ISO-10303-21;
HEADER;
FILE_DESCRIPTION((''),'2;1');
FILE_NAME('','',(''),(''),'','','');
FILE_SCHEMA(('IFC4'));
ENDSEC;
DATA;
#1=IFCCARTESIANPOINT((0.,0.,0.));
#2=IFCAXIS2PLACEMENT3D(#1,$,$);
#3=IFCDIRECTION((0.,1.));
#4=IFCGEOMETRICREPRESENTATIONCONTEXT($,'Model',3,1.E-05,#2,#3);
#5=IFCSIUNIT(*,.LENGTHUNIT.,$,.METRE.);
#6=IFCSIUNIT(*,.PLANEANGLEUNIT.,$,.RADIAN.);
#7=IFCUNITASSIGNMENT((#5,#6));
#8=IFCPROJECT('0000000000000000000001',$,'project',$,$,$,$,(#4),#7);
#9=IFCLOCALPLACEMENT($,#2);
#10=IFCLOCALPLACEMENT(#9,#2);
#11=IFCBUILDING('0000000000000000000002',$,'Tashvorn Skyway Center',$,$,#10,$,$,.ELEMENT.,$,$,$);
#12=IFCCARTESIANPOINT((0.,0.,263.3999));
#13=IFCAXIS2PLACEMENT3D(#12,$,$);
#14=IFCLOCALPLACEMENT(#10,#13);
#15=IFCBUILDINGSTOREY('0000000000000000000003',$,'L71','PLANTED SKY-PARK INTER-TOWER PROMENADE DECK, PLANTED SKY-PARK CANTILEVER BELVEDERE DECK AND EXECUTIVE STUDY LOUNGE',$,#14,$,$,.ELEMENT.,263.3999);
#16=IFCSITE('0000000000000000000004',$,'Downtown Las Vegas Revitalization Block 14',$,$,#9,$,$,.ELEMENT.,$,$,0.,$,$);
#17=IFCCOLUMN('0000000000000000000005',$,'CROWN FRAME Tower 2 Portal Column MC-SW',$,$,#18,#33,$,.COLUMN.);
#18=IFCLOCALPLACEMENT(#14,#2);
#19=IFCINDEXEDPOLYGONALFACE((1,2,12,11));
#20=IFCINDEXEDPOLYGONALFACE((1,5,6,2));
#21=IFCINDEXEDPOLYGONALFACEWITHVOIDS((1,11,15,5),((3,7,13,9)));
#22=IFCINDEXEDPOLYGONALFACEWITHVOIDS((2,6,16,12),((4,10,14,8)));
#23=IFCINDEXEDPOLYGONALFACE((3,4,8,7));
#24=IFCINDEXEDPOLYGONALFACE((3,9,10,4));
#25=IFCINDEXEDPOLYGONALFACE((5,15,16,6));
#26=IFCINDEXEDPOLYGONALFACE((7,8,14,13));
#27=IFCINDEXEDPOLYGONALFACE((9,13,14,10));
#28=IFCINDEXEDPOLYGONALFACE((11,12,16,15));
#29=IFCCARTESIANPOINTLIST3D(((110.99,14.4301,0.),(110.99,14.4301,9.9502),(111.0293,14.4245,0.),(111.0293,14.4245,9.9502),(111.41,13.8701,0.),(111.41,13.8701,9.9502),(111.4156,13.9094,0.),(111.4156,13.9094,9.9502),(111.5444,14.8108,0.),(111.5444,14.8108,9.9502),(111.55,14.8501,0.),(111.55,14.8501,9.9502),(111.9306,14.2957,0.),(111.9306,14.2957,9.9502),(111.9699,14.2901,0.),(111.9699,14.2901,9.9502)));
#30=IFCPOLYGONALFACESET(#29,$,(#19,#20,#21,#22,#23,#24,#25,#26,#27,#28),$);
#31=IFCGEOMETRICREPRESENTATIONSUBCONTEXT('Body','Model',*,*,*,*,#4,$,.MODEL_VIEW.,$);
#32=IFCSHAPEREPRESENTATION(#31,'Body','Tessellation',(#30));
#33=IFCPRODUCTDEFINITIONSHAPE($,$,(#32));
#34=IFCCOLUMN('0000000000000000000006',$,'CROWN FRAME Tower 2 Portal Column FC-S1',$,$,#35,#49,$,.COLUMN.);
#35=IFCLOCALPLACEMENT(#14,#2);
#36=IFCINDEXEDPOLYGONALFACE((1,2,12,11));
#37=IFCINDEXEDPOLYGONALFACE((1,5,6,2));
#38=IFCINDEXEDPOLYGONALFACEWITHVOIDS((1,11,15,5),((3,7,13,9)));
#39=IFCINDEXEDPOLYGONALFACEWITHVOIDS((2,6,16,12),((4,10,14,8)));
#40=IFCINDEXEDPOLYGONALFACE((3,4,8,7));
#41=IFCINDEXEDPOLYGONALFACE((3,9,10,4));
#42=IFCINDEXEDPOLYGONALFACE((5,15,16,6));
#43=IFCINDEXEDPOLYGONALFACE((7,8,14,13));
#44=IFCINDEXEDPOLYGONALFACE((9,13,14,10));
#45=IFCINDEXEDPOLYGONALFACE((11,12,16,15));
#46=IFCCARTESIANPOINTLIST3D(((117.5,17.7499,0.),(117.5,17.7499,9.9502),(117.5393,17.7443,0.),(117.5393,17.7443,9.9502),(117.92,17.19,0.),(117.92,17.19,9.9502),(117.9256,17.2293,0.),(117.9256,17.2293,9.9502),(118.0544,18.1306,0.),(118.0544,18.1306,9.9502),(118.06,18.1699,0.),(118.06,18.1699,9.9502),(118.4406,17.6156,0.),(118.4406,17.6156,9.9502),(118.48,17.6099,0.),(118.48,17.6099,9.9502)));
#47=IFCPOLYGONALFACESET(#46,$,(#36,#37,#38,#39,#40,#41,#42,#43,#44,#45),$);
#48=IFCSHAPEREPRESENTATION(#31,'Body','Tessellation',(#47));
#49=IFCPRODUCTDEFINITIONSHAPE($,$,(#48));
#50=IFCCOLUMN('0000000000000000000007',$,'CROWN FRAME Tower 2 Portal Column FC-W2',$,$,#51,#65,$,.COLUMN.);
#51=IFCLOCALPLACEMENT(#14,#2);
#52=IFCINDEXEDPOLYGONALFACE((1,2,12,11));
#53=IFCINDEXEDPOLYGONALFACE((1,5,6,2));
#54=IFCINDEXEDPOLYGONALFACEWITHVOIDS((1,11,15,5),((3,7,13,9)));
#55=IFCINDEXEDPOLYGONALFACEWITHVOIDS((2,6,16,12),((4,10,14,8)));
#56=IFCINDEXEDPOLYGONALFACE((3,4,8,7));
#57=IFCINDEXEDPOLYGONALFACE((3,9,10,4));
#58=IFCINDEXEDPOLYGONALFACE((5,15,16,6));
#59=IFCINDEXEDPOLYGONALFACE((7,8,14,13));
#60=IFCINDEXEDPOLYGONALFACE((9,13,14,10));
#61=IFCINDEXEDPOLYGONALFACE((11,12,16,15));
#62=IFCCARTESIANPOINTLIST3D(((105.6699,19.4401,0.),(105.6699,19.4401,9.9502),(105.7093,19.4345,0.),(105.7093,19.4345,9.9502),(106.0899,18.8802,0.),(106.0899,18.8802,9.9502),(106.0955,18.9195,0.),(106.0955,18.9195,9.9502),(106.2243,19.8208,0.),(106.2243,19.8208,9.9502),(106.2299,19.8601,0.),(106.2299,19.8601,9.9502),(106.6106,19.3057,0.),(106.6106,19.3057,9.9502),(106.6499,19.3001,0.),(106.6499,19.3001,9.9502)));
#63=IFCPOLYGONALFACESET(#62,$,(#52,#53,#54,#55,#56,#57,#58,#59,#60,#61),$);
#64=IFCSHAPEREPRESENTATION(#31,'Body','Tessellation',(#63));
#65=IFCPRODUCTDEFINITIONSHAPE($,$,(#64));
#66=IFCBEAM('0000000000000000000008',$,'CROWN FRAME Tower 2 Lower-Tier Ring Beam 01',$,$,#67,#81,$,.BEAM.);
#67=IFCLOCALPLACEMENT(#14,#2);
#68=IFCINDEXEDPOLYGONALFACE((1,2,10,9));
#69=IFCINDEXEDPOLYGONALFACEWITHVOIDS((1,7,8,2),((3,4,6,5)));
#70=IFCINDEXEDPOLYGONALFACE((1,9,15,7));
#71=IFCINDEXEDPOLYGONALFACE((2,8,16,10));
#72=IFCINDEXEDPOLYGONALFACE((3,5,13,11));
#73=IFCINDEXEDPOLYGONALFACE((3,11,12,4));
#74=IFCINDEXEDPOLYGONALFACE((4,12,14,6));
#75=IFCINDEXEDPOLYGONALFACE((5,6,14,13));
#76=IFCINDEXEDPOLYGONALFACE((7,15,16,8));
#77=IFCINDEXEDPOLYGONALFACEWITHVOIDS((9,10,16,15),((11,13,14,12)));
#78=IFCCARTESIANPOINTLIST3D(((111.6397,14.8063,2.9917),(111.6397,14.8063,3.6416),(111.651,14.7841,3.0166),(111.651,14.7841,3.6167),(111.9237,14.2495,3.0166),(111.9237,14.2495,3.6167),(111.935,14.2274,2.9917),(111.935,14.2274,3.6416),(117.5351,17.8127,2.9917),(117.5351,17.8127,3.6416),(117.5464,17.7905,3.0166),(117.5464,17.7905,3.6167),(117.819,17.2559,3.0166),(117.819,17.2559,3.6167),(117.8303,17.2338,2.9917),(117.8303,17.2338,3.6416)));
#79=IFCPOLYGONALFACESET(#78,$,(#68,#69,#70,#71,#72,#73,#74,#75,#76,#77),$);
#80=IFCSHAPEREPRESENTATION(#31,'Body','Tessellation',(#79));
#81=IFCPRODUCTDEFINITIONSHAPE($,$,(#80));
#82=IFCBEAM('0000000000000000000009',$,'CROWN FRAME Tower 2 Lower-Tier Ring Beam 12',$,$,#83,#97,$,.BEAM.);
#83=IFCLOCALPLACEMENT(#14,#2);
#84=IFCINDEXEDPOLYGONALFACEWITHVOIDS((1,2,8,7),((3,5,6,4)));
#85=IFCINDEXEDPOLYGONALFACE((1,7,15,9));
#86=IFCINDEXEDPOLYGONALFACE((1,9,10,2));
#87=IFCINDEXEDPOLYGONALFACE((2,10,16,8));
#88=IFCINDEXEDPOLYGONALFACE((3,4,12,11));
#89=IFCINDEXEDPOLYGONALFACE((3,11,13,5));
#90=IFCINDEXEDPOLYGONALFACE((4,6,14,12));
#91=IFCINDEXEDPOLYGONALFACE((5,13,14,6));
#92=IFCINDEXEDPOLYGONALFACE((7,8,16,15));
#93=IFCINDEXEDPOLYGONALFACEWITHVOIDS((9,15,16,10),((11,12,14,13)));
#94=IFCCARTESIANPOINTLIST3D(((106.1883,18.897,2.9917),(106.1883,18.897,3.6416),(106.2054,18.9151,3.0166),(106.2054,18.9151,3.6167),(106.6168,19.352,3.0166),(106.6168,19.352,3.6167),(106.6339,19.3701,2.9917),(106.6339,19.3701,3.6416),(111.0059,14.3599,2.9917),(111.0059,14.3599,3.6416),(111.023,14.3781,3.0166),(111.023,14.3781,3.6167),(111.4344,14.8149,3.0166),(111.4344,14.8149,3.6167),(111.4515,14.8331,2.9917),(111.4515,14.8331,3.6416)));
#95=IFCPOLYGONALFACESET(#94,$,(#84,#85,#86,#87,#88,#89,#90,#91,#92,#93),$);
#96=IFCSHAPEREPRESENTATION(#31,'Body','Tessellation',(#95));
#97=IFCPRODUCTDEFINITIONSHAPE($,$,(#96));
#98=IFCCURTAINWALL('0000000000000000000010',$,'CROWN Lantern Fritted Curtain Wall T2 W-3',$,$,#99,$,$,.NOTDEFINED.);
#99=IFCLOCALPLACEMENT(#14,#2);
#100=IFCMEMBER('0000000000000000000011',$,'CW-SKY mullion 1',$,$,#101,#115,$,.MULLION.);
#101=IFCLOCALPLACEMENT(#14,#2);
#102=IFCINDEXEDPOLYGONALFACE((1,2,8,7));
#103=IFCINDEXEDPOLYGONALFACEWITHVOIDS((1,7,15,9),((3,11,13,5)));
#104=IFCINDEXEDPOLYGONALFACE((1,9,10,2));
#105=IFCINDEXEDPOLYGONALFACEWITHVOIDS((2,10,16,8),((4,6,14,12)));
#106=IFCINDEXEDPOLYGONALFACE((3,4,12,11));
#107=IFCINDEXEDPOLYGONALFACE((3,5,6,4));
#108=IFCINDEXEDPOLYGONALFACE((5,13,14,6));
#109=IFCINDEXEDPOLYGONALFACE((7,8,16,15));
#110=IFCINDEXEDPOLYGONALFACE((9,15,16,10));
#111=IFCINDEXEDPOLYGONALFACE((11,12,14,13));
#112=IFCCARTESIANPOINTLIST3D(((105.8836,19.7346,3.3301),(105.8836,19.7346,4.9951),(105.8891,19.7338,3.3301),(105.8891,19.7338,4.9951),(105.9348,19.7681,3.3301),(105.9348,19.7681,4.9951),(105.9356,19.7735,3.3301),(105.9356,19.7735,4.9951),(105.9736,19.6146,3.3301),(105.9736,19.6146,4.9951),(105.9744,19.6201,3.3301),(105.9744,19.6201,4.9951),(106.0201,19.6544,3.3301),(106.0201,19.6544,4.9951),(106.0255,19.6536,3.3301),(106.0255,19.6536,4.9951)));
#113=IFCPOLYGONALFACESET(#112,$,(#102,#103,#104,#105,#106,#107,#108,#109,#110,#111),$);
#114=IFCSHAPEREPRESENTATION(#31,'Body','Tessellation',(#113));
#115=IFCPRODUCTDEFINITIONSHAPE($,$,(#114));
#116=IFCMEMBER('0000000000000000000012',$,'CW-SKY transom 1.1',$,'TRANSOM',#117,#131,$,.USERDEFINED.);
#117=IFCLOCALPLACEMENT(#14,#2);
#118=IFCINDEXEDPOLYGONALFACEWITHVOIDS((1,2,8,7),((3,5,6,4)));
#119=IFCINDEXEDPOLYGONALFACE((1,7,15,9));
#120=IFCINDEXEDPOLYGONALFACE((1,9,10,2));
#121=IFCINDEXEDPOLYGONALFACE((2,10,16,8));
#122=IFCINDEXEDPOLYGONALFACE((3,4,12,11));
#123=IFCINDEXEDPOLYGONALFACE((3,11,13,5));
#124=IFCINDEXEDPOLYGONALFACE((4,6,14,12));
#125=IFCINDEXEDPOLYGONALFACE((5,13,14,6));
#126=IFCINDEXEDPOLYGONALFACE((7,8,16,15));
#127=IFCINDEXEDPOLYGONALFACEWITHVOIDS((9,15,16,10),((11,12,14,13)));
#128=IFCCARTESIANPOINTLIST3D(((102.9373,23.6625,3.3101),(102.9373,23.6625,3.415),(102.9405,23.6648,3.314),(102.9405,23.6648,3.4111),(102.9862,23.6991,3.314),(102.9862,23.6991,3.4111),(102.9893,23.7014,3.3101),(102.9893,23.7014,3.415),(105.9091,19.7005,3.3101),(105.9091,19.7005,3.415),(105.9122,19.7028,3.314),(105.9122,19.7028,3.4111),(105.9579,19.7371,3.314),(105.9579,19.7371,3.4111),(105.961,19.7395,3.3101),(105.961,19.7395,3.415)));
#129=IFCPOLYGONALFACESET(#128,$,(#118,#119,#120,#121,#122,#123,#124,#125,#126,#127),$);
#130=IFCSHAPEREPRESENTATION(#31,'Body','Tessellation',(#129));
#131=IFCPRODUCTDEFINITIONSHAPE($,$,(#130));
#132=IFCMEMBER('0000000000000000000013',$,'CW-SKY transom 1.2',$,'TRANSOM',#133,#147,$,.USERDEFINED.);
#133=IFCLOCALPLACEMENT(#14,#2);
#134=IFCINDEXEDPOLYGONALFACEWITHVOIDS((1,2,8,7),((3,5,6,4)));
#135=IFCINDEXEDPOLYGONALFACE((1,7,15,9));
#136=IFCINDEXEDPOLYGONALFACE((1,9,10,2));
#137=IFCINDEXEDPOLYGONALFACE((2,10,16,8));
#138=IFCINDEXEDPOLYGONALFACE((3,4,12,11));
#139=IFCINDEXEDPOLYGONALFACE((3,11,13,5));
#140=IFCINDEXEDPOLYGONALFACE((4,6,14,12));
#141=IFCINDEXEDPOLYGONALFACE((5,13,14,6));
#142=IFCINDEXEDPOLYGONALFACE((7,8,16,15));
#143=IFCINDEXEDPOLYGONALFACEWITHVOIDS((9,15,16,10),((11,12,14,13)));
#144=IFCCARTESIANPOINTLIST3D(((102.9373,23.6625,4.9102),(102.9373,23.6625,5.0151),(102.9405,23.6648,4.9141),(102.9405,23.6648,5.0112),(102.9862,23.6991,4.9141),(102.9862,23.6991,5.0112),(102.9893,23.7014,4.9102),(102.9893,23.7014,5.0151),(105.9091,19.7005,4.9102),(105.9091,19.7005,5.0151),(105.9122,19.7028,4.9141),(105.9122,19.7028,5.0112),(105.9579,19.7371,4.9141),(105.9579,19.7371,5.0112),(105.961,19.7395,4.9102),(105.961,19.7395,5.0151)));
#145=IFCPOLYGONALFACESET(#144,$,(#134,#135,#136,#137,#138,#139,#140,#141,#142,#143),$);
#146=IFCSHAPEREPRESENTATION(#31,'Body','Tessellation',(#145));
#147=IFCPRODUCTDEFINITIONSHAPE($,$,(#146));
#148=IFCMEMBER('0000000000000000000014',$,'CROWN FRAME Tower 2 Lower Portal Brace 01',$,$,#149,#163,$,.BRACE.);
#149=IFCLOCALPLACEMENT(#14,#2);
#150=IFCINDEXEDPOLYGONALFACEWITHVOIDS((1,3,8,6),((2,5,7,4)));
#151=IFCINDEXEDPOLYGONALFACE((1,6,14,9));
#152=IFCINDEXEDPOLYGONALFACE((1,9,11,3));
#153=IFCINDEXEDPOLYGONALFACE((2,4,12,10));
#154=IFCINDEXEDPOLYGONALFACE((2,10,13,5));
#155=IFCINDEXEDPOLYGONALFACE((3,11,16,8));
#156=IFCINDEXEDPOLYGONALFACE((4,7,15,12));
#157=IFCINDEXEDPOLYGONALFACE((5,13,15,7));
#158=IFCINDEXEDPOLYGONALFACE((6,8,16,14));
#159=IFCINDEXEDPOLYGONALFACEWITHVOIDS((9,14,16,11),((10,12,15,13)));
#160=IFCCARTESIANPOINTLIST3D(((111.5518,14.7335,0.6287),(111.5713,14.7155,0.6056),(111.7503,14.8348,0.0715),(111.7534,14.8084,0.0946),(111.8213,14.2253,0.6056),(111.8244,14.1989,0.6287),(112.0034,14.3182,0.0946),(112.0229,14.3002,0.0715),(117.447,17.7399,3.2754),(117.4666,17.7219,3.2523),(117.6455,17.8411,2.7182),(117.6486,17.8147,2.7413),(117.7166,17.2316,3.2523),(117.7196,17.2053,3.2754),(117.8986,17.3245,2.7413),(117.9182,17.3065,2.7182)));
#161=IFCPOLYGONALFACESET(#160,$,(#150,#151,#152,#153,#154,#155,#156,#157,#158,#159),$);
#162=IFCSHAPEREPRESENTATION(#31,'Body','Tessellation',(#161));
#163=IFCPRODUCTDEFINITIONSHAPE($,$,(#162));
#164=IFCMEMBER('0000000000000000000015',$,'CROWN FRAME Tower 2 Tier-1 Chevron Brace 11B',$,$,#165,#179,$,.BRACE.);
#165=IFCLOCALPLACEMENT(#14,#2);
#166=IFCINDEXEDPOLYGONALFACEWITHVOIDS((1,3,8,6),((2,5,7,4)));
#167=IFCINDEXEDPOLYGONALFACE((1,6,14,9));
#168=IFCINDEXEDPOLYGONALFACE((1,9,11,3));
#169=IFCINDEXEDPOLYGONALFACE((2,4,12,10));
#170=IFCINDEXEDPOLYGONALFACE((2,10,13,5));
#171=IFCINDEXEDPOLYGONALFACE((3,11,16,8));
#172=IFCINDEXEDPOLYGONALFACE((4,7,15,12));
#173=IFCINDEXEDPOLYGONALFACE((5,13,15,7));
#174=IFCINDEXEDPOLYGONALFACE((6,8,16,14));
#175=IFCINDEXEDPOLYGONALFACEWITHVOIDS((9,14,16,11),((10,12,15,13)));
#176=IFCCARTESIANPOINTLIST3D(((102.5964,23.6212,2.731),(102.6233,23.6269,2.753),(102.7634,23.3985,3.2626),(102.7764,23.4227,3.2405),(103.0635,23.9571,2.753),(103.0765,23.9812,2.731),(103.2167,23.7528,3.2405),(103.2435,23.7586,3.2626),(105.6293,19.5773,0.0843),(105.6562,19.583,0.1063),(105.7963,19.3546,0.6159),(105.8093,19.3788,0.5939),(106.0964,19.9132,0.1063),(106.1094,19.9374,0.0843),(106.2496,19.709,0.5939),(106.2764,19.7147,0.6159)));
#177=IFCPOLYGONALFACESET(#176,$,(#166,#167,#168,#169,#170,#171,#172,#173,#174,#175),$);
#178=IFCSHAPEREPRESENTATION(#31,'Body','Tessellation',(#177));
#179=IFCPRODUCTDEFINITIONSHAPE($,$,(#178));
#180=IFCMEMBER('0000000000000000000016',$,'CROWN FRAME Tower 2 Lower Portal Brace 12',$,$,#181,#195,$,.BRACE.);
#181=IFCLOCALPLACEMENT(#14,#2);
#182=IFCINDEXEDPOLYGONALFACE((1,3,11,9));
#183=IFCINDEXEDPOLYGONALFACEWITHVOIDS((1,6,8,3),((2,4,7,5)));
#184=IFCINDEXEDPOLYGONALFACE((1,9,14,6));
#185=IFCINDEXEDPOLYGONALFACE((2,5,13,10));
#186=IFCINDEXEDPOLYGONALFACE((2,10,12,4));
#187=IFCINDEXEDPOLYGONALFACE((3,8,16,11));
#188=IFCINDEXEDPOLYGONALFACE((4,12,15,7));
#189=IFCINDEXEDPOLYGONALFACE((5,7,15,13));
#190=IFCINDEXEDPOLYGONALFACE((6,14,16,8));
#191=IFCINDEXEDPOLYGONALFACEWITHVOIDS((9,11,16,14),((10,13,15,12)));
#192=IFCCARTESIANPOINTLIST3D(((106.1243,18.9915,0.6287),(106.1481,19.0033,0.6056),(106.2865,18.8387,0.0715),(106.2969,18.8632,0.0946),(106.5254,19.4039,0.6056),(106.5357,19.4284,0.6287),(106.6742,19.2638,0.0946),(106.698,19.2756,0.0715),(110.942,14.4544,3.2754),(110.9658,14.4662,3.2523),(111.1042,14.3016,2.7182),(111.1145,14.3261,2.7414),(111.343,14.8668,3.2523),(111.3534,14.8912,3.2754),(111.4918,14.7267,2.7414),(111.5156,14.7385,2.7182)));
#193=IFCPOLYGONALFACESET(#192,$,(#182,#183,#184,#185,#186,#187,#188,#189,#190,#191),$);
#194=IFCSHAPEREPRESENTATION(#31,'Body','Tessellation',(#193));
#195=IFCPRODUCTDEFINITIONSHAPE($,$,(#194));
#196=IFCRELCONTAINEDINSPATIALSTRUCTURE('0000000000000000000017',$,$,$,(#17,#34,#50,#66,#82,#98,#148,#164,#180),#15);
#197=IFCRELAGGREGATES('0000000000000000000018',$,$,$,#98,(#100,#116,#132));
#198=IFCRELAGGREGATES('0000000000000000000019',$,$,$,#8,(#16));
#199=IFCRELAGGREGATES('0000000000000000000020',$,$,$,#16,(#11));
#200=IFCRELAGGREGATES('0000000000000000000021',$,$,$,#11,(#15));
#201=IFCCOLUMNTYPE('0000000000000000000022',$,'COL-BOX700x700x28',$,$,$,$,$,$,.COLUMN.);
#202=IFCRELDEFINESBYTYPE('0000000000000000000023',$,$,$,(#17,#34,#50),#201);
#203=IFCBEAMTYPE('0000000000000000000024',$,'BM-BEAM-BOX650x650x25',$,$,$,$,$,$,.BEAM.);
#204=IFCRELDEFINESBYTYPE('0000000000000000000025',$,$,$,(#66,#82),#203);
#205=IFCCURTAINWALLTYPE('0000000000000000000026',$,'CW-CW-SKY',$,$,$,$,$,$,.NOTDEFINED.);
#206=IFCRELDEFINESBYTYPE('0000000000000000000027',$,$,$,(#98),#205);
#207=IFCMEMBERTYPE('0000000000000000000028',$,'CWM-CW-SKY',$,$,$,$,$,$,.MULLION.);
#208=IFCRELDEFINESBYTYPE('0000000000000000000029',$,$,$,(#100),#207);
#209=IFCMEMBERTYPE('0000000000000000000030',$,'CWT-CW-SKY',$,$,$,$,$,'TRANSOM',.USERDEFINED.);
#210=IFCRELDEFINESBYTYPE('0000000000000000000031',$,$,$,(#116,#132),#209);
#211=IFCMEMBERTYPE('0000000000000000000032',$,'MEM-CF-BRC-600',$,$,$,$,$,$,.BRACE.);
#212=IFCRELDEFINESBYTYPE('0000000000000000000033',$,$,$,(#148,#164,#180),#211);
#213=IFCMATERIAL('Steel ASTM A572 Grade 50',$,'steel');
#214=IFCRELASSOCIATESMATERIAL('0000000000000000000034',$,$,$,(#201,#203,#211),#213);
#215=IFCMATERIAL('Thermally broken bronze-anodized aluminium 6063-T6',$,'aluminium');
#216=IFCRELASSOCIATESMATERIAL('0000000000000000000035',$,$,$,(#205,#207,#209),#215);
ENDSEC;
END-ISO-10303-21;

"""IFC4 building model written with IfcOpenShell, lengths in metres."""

from ifc_helpers import new_model, si_unit, direction, frame, origin, origin_2d, place, context, subcontext, project, spatial, hollow_rectangle, extrude, material, material_profile, profile_set, type_object, element, aggregate, save


model = new_model("IFC4")

# Units and contexts
model_context = context("Model", 3, precision=1e-05, world=origin(), true_north=direction((0.0, 1.0)))
body_context = subcontext(model_context, "Body", "Model", "MODEL_VIEW")
ifc_project = project(units=[si_unit("LENGTHUNIT", "METRE"), si_unit("PLANEANGLEUNIT", "RADIAN")], contexts=[model_context])

# Site, building, storey
site_placement = place(None, origin())
site = spatial("IfcSite", under=ifc_project, at=site_placement, Name="Downtown Las Vegas Revitalization Block 14", CompositionType="ELEMENT", RefElevation=0.0)
building_placement = place(site_placement, origin())
building = spatial("IfcBuilding", under=site, at=building_placement, Name="Tashvorn Skyway Center", CompositionType="ELEMENT")
storey_placement = place(building_placement, frame((0.0, 0.0, 263.3999)))
storey = spatial("IfcBuildingStorey", under=building, at=storey_placement, Name="L71", Description="PLANTED SKY-PARK INTER-TOWER PROMENADE DECK, PLANTED SKY-PARK CANTILEVER BELVEDERE DECK AND EXECUTIVE STUDY LOUNGE", CompositionType="ELEMENT", Elevation=263.3999)

# Columns
ifc_material_1 = material(Name="Steel ASTM A572 Grade 50", Category="steel")
ifc_material_profile_1 = material_profile(ifc_material_1, hollow_rectangle(XDim=0.7, YDim=0.7, WallThickness=0.0281, at=origin_2d()), Name="BOX700x700x28")
ifc_profile_set_1 = profile_set([ifc_material_profile_1], Name="Steel ASTM A572 Grade 50")
column_type = type_object("IfcColumnType", Name="COL-BOX700x700x28", PredefinedType="COLUMN", material=ifc_profile_set_1)
for number, where, z_axis, x_axis, name in (
    (1, (111.48, 14.3601, 0.0), (0.0, 0.0, 1.0), (0.8, 0.6, 0.0), "CROWN FRAME Tower 2 Portal Column MC-SW"),
    (2, (117.99, 17.6799, 0.0), (0.0, 0.0, 1.0), (0.8, 0.6, 0.0), "CROWN FRAME Tower 2 Portal Column FC-S1"),
    (3, (106.1599, 19.3701, 0.0), (0.0, 0.0, 1.0), (0.8, 0.6, 0.0), "CROWN FRAME Tower 2 Portal Column FC-W2"),
):
    element("IfcColumn", number, at=place(storey_placement, frame(where, z_axis=z_axis, x_axis=x_axis)), inside=storey, type_object=column_type, Name=name, PredefinedType="COLUMN", context=body_context, shape_type="SweptSolid", body=[
        extrude(hollow_rectangle(XDim=0.7, YDim=0.7, WallThickness=0.0281, at=origin_2d()), origin(), (0.0, 0.0, 1.0), 9.9502),
    ])

# Beams
ifc_material_profile_2 = material_profile(ifc_material_1, hollow_rectangle(XDim=0.6499, YDim=0.6499, WallThickness=0.0249, at=origin_2d()), Name="BOX650x650x25")
ifc_profile_set_2 = profile_set([ifc_material_profile_2], Name="Steel ASTM A572 Grade 50")
beam_type = type_object("IfcBeamType", Name="BM-BEAM-BOX650x650x25", PredefinedType="BEAM", material=ifc_profile_set_2)
for number, where, z_axis, x_axis, name in (
    (4, (111.7874, 14.5168, 3.3167), (0.89085, 0.454298, 0.0), (-0.454298, 0.89085, 0.0), "CROWN FRAME Tower 2 Lower-Tier Ring Beam 01"),
    (5, (106.4111, 19.1335, 3.3167), (0.727983, -0.685595, 0.0), (0.685595, 0.727983, 0.0), "CROWN FRAME Tower 2 Lower-Tier Ring Beam 12"),
):
    element("IfcBeam", number, at=place(storey_placement, frame(where, z_axis=z_axis, x_axis=x_axis)), inside=storey, type_object=beam_type, Name=name, PredefinedType="BEAM", context=body_context, shape_type="SweptSolid", body=[
        extrude(hollow_rectangle(XDim=0.6499, YDim=0.6499, WallThickness=0.0249, at=origin_2d()), origin(), (0.0, 0.0, 1.0), 6.6177),
    ])

# Curtain wall, members
ifc_material_2 = material(Name="Thermally broken bronze-anodized aluminium 6063-T6", Category="aluminium")
curtain_wall_type = type_object("IfcCurtainWallType", Name="CW-CW-SKY", PredefinedType="NOTDEFINED", material=ifc_material_2)
curtain_wall_placement = place(storey_placement, origin())
curtain_wall = element("IfcCurtainWall", 6, at=curtain_wall_placement, inside=storey, type_object=curtain_wall_type, Name="CROWN Lantern Fritted Curtain Wall T2 W-3", PredefinedType="NOTDEFINED")
ifc_material_profile_3 = material_profile(ifc_material_2, hollow_rectangle(XDim=0.0649, YDim=0.1499, WallThickness=0.0039, at=origin_2d()), Name="ALU-MULL-65x150")
ifc_profile_set_3 = profile_set([ifc_material_profile_3], Name="Thermally broken bronze-anodized aluminium 6063-T6")
member_type_1 = type_object("IfcMemberType", Name="CWM-CW-SKY", PredefinedType="MULLION", material=ifc_profile_set_3)
member_1_placement = place(storey_placement, frame((105.9546, 19.6941, 3.3301), z_axis=(0.0, 0.0, 1.0), x_axis=(-0.8, -0.6, 0.0)))
member_1 = element("IfcMember", 7, at=member_1_placement, type_object=member_type_1, Name="CW-SKY mullion 1", PredefinedType="MULLION", context=body_context, shape_type="SweptSolid", body=[
    extrude(hollow_rectangle(XDim=0.0649, YDim=0.1499, WallThickness=0.0039, at=origin_2d()), origin(), (0.0, 0.0, 1.0), 1.665),
])
ifc_material_profile_4 = material_profile(ifc_material_2, hollow_rectangle(XDim=0.0649, YDim=0.105, WallThickness=0.0039, at=origin_2d()), Name="ALU-TRAN-65x105")
ifc_profile_set_4 = profile_set([ifc_material_profile_4], Name="Thermally broken bronze-anodized aluminium 6063-T6")
member_type_2 = type_object("IfcMemberType", Name="CWT-CW-SKY", ElementType="TRANSOM", PredefinedType="USERDEFINED", material=ifc_profile_set_4)
member_2_placement = place(storey_placement, frame((105.9351, 19.72, 3.3625), z_axis=(-0.600032, 0.799976, 0.0), x_axis=(-0.799976, -0.600032, 0.0)))
member_2 = element("IfcMember", 8, at=member_2_placement, type_object=member_type_2, Name="CW-SKY transom 1.1", ObjectType="TRANSOM", PredefinedType="USERDEFINED", context=body_context, shape_type="SweptSolid", body=[
    extrude(hollow_rectangle(XDim=0.0649, YDim=0.105, WallThickness=0.0039, at=origin_2d()), origin(), (0.0, 0.0, 1.0), 4.9526),
])
member_3_placement = place(storey_placement, frame((105.9351, 19.72, 4.9626), z_axis=(-0.600032, 0.799976, 0.0), x_axis=(-0.799976, -0.600032, 0.0)))
member_3 = element("IfcMember", 9, at=member_3_placement, type_object=member_type_2, Name="CW-SKY transom 1.2", ObjectType="TRANSOM", PredefinedType="USERDEFINED", context=body_context, shape_type="SweptSolid", body=[
    extrude(hollow_rectangle(XDim=0.0649, YDim=0.105, WallThickness=0.0039, at=origin_2d()), origin(), (0.0, 0.0, 1.0), 4.9526),
])

# Members
ifc_material_profile_5 = material_profile(ifc_material_1, hollow_rectangle(XDim=0.6001, YDim=0.6001, WallThickness=0.0249, at=origin_2d()), Name="BOX600x600x25")
ifc_profile_set_5 = profile_set([ifc_material_profile_5], Name="Steel ASTM A572 Grade 50")
member_type_3 = type_object("IfcMemberType", Name="MEM-CF-BRC-600", PredefinedType="BRACE", material=ifc_profile_set_5)
member_4_placement = place(storey_placement, frame((111.7874, 14.5168, 0.3501), z_axis=(0.827146, 0.421811, 0.371354), x_axis=(-0.454298, 0.89085, 0.0)))
element("IfcMember", 10, at=member_4_placement, inside=storey, type_object=member_type_3, Name="CROWN FRAME Tower 2 Lower Portal Brace 01", PredefinedType="BRACE", context=body_context, shape_type="SweptSolid", body=[
    extrude(hollow_rectangle(XDim=0.6001, YDim=0.6001, WallThickness=0.0249, at=origin_2d()), origin(), (0.0, 0.0, 1.0), 7.1272),
])
member_5_placement = place(storey_placement, frame((105.9529, 19.646, 0.3501), z_axis=(-0.531546, 0.708728, 0.463857), x_axis=(-0.8, -0.6, 0.0)))
element("IfcMember", 11, at=member_5_placement, inside=storey, type_object=member_type_3, Name="CROWN FRAME Tower 2 Tier-1 Chevron Brace 11B", PredefinedType="BRACE", context=body_context, shape_type="SweptSolid", body=[
    extrude(hollow_rectangle(XDim=0.6001, YDim=0.6001, WallThickness=0.0249, at=origin_2d()), origin(), (0.0, 0.0, 1.0), 5.7058),
])
member_6_placement = place(storey_placement, frame((106.4111, 19.1335, 0.3501), z_axis=(0.675929, -0.636571, 0.371345), x_axis=(0.685595, 0.727983, 0.0)))
element("IfcMember", 12, at=member_6_placement, inside=storey, type_object=member_type_3, Name="CROWN FRAME Tower 2 Lower Portal Brace 12", PredefinedType="BRACE", context=body_context, shape_type="SweptSolid", body=[
    extrude(hollow_rectangle(XDim=0.6001, YDim=0.6001, WallThickness=0.0249, at=origin_2d()), origin(), (0.0, 0.0, 1.0), 7.1274),
])

aggregate(curtain_wall, [member_1, member_2, member_3])

save(model, "model.ifc")
